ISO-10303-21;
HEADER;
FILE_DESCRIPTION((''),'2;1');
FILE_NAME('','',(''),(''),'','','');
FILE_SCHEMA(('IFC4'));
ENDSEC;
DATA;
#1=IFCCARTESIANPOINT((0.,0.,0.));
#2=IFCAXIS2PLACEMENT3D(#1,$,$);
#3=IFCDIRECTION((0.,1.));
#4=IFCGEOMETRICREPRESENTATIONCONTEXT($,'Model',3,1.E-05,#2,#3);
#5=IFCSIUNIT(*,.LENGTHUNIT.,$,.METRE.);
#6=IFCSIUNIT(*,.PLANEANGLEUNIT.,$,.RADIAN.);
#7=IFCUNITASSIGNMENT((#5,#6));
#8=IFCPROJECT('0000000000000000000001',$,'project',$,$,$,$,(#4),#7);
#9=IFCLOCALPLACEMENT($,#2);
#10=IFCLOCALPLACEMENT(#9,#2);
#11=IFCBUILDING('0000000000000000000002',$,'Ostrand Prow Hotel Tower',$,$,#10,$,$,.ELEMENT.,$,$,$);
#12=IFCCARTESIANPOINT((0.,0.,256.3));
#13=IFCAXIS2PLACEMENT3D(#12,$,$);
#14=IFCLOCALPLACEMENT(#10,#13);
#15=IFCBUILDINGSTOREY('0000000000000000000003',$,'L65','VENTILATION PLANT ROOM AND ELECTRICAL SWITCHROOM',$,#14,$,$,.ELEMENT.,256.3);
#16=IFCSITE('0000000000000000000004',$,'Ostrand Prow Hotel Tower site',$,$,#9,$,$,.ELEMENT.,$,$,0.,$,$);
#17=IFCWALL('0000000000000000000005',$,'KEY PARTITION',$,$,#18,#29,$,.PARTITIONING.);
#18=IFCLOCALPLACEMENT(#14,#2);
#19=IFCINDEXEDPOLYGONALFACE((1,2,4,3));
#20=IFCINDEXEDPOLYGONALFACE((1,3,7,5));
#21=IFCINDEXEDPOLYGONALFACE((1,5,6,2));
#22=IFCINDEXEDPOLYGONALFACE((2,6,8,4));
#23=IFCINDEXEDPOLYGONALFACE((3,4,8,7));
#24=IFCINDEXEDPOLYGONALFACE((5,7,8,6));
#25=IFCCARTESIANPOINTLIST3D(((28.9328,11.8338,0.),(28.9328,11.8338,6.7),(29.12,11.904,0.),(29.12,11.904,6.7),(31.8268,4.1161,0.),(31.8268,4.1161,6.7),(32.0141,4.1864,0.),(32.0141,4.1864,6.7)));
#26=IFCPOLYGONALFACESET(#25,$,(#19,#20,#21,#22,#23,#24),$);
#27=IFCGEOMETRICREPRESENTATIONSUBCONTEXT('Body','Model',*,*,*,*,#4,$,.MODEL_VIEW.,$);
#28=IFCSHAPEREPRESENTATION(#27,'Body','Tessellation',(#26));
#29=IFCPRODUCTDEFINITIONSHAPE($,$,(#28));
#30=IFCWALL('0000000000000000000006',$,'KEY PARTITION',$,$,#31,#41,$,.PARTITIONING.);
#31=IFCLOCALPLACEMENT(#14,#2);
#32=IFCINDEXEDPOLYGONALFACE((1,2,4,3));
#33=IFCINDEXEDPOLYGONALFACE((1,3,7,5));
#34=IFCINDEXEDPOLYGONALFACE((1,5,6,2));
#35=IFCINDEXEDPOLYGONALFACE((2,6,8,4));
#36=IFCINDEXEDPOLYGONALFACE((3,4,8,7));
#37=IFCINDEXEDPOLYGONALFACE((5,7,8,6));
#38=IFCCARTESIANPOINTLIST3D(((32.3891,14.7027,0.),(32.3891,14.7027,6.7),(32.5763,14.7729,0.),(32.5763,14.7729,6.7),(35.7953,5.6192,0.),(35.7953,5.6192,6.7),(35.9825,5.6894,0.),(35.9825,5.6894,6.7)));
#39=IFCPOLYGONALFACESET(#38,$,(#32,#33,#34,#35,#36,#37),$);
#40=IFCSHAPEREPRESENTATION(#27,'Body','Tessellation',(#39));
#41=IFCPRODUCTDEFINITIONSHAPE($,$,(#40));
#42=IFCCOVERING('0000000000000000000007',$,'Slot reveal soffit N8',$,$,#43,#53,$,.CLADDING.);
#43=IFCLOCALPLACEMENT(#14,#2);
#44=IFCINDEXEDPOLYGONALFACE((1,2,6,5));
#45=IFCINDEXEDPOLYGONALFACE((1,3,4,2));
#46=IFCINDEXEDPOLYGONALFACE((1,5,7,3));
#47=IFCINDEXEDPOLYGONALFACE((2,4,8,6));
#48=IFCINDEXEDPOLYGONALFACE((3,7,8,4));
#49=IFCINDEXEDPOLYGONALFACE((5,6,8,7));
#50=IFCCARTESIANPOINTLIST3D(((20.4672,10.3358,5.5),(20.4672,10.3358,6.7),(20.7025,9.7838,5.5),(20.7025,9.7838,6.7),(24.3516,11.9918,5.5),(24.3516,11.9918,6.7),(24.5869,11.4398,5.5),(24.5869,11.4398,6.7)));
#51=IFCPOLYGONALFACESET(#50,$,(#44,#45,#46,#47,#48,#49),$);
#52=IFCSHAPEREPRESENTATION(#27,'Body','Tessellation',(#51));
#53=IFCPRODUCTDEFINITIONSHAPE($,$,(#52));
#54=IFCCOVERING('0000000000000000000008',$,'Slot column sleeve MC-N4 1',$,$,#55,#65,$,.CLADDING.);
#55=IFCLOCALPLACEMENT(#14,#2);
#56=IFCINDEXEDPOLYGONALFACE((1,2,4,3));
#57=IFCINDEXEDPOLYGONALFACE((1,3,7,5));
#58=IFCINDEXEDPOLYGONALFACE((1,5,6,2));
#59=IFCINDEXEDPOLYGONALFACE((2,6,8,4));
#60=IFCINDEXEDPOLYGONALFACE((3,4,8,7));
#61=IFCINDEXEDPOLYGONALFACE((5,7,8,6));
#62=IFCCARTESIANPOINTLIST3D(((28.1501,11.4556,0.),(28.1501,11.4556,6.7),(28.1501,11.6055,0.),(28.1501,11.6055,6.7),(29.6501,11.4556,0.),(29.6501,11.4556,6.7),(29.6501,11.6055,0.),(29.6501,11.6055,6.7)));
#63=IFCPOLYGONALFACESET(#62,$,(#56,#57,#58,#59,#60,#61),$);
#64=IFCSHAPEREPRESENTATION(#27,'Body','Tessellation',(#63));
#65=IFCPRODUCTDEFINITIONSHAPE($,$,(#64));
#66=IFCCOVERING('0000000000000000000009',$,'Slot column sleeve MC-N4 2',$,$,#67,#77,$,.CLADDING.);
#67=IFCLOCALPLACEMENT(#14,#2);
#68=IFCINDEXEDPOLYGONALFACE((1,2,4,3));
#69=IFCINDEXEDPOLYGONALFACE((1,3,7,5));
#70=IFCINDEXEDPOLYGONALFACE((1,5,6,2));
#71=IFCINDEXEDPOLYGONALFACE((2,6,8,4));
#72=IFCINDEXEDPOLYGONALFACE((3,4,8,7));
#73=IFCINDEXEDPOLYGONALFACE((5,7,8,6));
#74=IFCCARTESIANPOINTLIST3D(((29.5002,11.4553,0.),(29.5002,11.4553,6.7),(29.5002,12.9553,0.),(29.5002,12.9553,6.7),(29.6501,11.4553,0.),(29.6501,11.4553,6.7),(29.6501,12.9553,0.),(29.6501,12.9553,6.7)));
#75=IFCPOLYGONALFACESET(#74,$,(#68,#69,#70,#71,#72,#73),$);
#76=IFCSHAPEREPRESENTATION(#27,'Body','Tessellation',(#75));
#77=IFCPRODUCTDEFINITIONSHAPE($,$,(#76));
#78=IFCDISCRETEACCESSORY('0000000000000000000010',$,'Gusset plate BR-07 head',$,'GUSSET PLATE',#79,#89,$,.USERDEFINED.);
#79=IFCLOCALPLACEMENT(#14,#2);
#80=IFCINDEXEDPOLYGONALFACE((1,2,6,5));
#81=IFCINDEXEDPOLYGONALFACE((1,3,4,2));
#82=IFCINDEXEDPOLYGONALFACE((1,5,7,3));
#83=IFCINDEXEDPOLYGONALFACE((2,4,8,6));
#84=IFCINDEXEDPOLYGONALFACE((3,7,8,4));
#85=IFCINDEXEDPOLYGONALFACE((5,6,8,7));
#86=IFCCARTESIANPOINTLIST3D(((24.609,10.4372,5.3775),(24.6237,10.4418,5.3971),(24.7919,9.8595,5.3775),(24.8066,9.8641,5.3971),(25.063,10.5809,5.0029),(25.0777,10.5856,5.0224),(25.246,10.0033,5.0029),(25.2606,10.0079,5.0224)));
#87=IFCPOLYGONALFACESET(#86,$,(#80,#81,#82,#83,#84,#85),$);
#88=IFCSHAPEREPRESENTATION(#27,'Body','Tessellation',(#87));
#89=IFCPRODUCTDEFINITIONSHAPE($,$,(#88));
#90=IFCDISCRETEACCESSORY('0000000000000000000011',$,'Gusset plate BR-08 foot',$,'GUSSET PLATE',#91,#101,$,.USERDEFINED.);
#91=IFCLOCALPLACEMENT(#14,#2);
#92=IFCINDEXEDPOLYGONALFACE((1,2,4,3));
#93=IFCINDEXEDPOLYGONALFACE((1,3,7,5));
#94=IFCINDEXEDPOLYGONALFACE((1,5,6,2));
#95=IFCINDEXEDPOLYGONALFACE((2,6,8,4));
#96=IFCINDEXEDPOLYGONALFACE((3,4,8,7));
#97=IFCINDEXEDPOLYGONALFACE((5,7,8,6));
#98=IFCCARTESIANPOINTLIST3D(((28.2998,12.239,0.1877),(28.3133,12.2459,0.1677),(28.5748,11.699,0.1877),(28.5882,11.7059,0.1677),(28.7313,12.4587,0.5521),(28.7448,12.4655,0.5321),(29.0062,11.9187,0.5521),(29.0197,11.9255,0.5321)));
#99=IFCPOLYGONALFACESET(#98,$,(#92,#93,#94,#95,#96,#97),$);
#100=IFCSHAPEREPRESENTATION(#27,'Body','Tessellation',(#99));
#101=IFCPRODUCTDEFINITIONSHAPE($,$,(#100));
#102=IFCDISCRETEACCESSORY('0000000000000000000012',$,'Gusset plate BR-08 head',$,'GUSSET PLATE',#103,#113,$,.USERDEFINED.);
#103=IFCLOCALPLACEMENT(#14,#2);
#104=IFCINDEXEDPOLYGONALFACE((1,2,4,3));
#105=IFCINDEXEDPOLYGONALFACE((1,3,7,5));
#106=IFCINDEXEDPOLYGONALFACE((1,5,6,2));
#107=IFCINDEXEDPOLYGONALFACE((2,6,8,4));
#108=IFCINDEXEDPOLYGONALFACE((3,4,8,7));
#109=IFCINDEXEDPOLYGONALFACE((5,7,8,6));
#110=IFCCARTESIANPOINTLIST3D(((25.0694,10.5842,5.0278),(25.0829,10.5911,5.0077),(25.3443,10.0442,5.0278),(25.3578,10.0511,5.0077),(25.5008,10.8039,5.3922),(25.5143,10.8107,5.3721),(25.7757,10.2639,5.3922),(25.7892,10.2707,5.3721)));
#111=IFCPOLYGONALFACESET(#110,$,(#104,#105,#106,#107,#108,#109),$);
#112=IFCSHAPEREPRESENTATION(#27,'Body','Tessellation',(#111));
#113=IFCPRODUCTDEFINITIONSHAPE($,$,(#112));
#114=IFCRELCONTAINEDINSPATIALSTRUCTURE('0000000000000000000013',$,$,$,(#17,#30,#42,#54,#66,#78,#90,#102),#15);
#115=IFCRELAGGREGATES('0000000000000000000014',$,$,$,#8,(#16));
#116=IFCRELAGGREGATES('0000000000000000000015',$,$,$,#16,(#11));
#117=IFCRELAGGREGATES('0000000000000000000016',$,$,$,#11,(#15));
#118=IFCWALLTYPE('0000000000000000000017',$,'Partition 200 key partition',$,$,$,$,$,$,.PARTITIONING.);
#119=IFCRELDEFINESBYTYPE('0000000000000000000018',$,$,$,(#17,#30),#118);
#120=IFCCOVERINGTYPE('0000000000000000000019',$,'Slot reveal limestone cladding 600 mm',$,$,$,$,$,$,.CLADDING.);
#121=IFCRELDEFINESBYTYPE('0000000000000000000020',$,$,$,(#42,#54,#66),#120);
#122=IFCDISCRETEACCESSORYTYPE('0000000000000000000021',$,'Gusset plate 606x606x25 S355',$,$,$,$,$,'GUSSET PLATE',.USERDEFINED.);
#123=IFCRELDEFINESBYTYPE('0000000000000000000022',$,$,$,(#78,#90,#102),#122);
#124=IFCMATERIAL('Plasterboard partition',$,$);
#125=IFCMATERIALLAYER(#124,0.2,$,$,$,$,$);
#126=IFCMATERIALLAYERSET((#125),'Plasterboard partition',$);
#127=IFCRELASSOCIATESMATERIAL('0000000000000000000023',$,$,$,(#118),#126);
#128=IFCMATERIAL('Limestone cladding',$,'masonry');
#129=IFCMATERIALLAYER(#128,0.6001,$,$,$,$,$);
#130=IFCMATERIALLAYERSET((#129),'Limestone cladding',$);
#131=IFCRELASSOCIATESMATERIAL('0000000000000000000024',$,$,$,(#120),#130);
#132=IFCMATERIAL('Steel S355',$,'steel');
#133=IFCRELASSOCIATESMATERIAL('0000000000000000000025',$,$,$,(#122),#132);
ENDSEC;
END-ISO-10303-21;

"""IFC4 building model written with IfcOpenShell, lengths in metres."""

from ifc_helpers import new_model, si_unit, direction, frame, frame_2d, origin, origin_2d, place, context, subcontext, project, spatial, rectangle, extrude, material, layer, layer_set, material_profile, profile_set, type_object, element, save


model = new_model("IFC4")

# Units and contexts
model_context = context("Model", 3, precision=1e-05, world=origin(), true_north=direction((0.0, 1.0)))
body_context = subcontext(model_context, "Body", "Model", "MODEL_VIEW")
ifc_project = project(units=[si_unit("LENGTHUNIT", "METRE"), si_unit("PLANEANGLEUNIT", "RADIAN")], contexts=[model_context])

# Site, building, storey
site_placement = place(None, origin())
site = spatial("IfcSite", under=ifc_project, at=site_placement, Name="Ostrand Prow Hotel Tower site", CompositionType="ELEMENT", RefElevation=0.0)
building_placement = place(site_placement, origin())
building = spatial("IfcBuilding", under=site, at=building_placement, Name="Ostrand Prow Hotel Tower", CompositionType="ELEMENT")
storey_placement = place(building_placement, frame((0.0, 0.0, 256.3)))
storey = spatial("IfcBuildingStorey", under=building, at=storey_placement, Name="L65", Description="VENTILATION PLANT ROOM AND ELECTRICAL SWITCHROOM", CompositionType="ELEMENT", Elevation=256.3)

# Walls
ifc_material_1 = material(Name="Plasterboard partition")
ifc_layer_1 = layer(ifc_material_1, 0.2)
ifc_layer_set_1 = layer_set([ifc_layer_1], Name="Plasterboard partition")
wall_type_1 = type_object("IfcWallType", Name="Partition 200 key partition", PredefinedType="PARTITIONING", material=ifc_layer_set_1)
wall_1_placement = place(storey_placement, frame((31.9204, 4.1514, 0.0), z_axis=(0.0, 0.0, 1.0), x_axis=(-0.35112, 0.93633, 0.0)))
element("IfcWall", 1, at=wall_1_placement, inside=storey, type_object=wall_type_1, Name="KEY PARTITION", PredefinedType="PARTITIONING", context=body_context, shape_type="SweptSolid", body=[
    extrude(rectangle(XDim=8.2424, YDim=0.2, at=frame_2d((4.1211, 0.0))), origin(), (0.0, 0.0, 1.0), 6.7),
])
wall_2_placement = place(storey_placement, frame((35.8889, 5.6543, 0.0), z_axis=(0.0, 0.0, 1.0), x_axis=(-0.351118, 0.936331, 0.0)))
element("IfcWall", 2, at=wall_2_placement, inside=storey, type_object=wall_type_1, Name="KEY PARTITION", PredefinedType="PARTITIONING", context=body_context, shape_type="SweptSolid", body=[
    extrude(rectangle(XDim=9.7012, YDim=0.2, at=frame_2d((4.8506, 0.0))), origin(), (0.0, 0.0, 1.0), 6.7),
])

# Coverings
ifc_material_2 = material(Name="Limestone cladding", Category="masonry")
ifc_layer_2 = layer(ifc_material_2, 0.6001)
ifc_layer_set_2 = layer_set([ifc_layer_2], Name="Limestone cladding")
covering_type = type_object("IfcCoveringType", Name="Slot reveal limestone cladding 600 mm", PredefinedType="CLADDING", material=ifc_layer_set_2)
covering_placement = place(storey_placement, frame((24.4692, 11.7158, 5.5), z_axis=(0.0, 0.0, 1.0), x_axis=(-0.919888, -0.392181, 0.0)))
element("IfcCovering", 3, at=covering_placement, inside=storey, type_object=covering_type, Name="Slot reveal soffit N8", PredefinedType="CLADDING", context=body_context, shape_type="SweptSolid", body=[
    extrude(rectangle(XDim=4.2227, YDim=0.6001, at=frame_2d((2.1113, 0.0))), origin(), (0.0, 0.0, 1.0), 1.2),
])
for number, where, z_axis, x_axis, name in (
    (4, (28.1501, 11.5305, 0.0), (0.0, 0.0, 1.0), (1.0, 0.0, 0.0), "Slot column sleeve MC-N4 1"),
    (5, (29.5752, 11.4553, 0.0), (0.0, 0.0, 1.0), (0.0, 1.0, 0.0), "Slot column sleeve MC-N4 2"),
):
    element("IfcCovering", number, at=place(storey_placement, frame(where, z_axis=z_axis, x_axis=x_axis)), inside=storey, type_object=covering_type, Name=name, PredefinedType="CLADDING", context=body_context, shape_type="SweptSolid", body=[
        extrude(rectangle(XDim=1.5, YDim=0.1499, at=frame_2d((0.75, 0.0))), origin(), (0.0, 0.0, 1.0), 6.7),
    ])

# Discrete accessories
ifc_material_3 = material(Name="Steel S355", Category="steel")
ifc_material_profile_1 = material_profile(ifc_material_3, rectangle(XDim=0.606, YDim=0.606, at=origin_2d()), Name="PL 606x606x25")
ifc_profile_set_1 = profile_set([ifc_material_profile_1], Name="Steel S355")
discrete_accessory_type = type_object("IfcDiscreteAccessoryType", Name="Gusset plate 606x606x25 S355", ElementType="GUSSET PLATE", PredefinedType="USERDEFINED", material=ifc_profile_set_1)
discrete_accessory_placement = place(storey_placement, frame((24.9275, 10.2202, 5.1902), z_axis=(0.589455, 0.186661, 0.78594), x_axis=(-0.301892, 0.953342, 0.0)))
element("IfcDiscreteAccessory", 6, at=discrete_accessory_placement, inside=storey, type_object=discrete_accessory_type, Name="Gusset plate BR-07 head", ObjectType="GUSSET PLATE", PredefinedType="USERDEFINED", context=body_context, shape_type="SweptSolid", body=[
    extrude(rectangle(XDim=0.606, YDim=0.606, at=origin_2d()), origin(), (0.0, 0.0, 1.0), 0.0249),
])
for number, where, z_axis, x_axis, name in (
    (7, (28.6665, 12.0857, 0.3499), (-0.535904, -0.272824, 0.798983), (0.453683, -0.891163, 0.0), "Gusset plate BR-08 foot"),
    (8, (25.436, 10.4309, 5.1899), (-0.535904, -0.272824, 0.798983), (0.453683, -0.891163, 0.0), "Gusset plate BR-08 head"),
):
    element("IfcDiscreteAccessory", number, at=place(storey_placement, frame(where, z_axis=z_axis, x_axis=x_axis)), inside=storey, type_object=discrete_accessory_type, Name=name, ObjectType="GUSSET PLATE", PredefinedType="USERDEFINED", context=body_context, shape_type="SweptSolid", body=[
        extrude(rectangle(XDim=0.606, YDim=0.606, at=origin_2d()), origin(), (0.0, 0.0, 1.0), 0.0251),
    ])

save(model, "model.ifc")
